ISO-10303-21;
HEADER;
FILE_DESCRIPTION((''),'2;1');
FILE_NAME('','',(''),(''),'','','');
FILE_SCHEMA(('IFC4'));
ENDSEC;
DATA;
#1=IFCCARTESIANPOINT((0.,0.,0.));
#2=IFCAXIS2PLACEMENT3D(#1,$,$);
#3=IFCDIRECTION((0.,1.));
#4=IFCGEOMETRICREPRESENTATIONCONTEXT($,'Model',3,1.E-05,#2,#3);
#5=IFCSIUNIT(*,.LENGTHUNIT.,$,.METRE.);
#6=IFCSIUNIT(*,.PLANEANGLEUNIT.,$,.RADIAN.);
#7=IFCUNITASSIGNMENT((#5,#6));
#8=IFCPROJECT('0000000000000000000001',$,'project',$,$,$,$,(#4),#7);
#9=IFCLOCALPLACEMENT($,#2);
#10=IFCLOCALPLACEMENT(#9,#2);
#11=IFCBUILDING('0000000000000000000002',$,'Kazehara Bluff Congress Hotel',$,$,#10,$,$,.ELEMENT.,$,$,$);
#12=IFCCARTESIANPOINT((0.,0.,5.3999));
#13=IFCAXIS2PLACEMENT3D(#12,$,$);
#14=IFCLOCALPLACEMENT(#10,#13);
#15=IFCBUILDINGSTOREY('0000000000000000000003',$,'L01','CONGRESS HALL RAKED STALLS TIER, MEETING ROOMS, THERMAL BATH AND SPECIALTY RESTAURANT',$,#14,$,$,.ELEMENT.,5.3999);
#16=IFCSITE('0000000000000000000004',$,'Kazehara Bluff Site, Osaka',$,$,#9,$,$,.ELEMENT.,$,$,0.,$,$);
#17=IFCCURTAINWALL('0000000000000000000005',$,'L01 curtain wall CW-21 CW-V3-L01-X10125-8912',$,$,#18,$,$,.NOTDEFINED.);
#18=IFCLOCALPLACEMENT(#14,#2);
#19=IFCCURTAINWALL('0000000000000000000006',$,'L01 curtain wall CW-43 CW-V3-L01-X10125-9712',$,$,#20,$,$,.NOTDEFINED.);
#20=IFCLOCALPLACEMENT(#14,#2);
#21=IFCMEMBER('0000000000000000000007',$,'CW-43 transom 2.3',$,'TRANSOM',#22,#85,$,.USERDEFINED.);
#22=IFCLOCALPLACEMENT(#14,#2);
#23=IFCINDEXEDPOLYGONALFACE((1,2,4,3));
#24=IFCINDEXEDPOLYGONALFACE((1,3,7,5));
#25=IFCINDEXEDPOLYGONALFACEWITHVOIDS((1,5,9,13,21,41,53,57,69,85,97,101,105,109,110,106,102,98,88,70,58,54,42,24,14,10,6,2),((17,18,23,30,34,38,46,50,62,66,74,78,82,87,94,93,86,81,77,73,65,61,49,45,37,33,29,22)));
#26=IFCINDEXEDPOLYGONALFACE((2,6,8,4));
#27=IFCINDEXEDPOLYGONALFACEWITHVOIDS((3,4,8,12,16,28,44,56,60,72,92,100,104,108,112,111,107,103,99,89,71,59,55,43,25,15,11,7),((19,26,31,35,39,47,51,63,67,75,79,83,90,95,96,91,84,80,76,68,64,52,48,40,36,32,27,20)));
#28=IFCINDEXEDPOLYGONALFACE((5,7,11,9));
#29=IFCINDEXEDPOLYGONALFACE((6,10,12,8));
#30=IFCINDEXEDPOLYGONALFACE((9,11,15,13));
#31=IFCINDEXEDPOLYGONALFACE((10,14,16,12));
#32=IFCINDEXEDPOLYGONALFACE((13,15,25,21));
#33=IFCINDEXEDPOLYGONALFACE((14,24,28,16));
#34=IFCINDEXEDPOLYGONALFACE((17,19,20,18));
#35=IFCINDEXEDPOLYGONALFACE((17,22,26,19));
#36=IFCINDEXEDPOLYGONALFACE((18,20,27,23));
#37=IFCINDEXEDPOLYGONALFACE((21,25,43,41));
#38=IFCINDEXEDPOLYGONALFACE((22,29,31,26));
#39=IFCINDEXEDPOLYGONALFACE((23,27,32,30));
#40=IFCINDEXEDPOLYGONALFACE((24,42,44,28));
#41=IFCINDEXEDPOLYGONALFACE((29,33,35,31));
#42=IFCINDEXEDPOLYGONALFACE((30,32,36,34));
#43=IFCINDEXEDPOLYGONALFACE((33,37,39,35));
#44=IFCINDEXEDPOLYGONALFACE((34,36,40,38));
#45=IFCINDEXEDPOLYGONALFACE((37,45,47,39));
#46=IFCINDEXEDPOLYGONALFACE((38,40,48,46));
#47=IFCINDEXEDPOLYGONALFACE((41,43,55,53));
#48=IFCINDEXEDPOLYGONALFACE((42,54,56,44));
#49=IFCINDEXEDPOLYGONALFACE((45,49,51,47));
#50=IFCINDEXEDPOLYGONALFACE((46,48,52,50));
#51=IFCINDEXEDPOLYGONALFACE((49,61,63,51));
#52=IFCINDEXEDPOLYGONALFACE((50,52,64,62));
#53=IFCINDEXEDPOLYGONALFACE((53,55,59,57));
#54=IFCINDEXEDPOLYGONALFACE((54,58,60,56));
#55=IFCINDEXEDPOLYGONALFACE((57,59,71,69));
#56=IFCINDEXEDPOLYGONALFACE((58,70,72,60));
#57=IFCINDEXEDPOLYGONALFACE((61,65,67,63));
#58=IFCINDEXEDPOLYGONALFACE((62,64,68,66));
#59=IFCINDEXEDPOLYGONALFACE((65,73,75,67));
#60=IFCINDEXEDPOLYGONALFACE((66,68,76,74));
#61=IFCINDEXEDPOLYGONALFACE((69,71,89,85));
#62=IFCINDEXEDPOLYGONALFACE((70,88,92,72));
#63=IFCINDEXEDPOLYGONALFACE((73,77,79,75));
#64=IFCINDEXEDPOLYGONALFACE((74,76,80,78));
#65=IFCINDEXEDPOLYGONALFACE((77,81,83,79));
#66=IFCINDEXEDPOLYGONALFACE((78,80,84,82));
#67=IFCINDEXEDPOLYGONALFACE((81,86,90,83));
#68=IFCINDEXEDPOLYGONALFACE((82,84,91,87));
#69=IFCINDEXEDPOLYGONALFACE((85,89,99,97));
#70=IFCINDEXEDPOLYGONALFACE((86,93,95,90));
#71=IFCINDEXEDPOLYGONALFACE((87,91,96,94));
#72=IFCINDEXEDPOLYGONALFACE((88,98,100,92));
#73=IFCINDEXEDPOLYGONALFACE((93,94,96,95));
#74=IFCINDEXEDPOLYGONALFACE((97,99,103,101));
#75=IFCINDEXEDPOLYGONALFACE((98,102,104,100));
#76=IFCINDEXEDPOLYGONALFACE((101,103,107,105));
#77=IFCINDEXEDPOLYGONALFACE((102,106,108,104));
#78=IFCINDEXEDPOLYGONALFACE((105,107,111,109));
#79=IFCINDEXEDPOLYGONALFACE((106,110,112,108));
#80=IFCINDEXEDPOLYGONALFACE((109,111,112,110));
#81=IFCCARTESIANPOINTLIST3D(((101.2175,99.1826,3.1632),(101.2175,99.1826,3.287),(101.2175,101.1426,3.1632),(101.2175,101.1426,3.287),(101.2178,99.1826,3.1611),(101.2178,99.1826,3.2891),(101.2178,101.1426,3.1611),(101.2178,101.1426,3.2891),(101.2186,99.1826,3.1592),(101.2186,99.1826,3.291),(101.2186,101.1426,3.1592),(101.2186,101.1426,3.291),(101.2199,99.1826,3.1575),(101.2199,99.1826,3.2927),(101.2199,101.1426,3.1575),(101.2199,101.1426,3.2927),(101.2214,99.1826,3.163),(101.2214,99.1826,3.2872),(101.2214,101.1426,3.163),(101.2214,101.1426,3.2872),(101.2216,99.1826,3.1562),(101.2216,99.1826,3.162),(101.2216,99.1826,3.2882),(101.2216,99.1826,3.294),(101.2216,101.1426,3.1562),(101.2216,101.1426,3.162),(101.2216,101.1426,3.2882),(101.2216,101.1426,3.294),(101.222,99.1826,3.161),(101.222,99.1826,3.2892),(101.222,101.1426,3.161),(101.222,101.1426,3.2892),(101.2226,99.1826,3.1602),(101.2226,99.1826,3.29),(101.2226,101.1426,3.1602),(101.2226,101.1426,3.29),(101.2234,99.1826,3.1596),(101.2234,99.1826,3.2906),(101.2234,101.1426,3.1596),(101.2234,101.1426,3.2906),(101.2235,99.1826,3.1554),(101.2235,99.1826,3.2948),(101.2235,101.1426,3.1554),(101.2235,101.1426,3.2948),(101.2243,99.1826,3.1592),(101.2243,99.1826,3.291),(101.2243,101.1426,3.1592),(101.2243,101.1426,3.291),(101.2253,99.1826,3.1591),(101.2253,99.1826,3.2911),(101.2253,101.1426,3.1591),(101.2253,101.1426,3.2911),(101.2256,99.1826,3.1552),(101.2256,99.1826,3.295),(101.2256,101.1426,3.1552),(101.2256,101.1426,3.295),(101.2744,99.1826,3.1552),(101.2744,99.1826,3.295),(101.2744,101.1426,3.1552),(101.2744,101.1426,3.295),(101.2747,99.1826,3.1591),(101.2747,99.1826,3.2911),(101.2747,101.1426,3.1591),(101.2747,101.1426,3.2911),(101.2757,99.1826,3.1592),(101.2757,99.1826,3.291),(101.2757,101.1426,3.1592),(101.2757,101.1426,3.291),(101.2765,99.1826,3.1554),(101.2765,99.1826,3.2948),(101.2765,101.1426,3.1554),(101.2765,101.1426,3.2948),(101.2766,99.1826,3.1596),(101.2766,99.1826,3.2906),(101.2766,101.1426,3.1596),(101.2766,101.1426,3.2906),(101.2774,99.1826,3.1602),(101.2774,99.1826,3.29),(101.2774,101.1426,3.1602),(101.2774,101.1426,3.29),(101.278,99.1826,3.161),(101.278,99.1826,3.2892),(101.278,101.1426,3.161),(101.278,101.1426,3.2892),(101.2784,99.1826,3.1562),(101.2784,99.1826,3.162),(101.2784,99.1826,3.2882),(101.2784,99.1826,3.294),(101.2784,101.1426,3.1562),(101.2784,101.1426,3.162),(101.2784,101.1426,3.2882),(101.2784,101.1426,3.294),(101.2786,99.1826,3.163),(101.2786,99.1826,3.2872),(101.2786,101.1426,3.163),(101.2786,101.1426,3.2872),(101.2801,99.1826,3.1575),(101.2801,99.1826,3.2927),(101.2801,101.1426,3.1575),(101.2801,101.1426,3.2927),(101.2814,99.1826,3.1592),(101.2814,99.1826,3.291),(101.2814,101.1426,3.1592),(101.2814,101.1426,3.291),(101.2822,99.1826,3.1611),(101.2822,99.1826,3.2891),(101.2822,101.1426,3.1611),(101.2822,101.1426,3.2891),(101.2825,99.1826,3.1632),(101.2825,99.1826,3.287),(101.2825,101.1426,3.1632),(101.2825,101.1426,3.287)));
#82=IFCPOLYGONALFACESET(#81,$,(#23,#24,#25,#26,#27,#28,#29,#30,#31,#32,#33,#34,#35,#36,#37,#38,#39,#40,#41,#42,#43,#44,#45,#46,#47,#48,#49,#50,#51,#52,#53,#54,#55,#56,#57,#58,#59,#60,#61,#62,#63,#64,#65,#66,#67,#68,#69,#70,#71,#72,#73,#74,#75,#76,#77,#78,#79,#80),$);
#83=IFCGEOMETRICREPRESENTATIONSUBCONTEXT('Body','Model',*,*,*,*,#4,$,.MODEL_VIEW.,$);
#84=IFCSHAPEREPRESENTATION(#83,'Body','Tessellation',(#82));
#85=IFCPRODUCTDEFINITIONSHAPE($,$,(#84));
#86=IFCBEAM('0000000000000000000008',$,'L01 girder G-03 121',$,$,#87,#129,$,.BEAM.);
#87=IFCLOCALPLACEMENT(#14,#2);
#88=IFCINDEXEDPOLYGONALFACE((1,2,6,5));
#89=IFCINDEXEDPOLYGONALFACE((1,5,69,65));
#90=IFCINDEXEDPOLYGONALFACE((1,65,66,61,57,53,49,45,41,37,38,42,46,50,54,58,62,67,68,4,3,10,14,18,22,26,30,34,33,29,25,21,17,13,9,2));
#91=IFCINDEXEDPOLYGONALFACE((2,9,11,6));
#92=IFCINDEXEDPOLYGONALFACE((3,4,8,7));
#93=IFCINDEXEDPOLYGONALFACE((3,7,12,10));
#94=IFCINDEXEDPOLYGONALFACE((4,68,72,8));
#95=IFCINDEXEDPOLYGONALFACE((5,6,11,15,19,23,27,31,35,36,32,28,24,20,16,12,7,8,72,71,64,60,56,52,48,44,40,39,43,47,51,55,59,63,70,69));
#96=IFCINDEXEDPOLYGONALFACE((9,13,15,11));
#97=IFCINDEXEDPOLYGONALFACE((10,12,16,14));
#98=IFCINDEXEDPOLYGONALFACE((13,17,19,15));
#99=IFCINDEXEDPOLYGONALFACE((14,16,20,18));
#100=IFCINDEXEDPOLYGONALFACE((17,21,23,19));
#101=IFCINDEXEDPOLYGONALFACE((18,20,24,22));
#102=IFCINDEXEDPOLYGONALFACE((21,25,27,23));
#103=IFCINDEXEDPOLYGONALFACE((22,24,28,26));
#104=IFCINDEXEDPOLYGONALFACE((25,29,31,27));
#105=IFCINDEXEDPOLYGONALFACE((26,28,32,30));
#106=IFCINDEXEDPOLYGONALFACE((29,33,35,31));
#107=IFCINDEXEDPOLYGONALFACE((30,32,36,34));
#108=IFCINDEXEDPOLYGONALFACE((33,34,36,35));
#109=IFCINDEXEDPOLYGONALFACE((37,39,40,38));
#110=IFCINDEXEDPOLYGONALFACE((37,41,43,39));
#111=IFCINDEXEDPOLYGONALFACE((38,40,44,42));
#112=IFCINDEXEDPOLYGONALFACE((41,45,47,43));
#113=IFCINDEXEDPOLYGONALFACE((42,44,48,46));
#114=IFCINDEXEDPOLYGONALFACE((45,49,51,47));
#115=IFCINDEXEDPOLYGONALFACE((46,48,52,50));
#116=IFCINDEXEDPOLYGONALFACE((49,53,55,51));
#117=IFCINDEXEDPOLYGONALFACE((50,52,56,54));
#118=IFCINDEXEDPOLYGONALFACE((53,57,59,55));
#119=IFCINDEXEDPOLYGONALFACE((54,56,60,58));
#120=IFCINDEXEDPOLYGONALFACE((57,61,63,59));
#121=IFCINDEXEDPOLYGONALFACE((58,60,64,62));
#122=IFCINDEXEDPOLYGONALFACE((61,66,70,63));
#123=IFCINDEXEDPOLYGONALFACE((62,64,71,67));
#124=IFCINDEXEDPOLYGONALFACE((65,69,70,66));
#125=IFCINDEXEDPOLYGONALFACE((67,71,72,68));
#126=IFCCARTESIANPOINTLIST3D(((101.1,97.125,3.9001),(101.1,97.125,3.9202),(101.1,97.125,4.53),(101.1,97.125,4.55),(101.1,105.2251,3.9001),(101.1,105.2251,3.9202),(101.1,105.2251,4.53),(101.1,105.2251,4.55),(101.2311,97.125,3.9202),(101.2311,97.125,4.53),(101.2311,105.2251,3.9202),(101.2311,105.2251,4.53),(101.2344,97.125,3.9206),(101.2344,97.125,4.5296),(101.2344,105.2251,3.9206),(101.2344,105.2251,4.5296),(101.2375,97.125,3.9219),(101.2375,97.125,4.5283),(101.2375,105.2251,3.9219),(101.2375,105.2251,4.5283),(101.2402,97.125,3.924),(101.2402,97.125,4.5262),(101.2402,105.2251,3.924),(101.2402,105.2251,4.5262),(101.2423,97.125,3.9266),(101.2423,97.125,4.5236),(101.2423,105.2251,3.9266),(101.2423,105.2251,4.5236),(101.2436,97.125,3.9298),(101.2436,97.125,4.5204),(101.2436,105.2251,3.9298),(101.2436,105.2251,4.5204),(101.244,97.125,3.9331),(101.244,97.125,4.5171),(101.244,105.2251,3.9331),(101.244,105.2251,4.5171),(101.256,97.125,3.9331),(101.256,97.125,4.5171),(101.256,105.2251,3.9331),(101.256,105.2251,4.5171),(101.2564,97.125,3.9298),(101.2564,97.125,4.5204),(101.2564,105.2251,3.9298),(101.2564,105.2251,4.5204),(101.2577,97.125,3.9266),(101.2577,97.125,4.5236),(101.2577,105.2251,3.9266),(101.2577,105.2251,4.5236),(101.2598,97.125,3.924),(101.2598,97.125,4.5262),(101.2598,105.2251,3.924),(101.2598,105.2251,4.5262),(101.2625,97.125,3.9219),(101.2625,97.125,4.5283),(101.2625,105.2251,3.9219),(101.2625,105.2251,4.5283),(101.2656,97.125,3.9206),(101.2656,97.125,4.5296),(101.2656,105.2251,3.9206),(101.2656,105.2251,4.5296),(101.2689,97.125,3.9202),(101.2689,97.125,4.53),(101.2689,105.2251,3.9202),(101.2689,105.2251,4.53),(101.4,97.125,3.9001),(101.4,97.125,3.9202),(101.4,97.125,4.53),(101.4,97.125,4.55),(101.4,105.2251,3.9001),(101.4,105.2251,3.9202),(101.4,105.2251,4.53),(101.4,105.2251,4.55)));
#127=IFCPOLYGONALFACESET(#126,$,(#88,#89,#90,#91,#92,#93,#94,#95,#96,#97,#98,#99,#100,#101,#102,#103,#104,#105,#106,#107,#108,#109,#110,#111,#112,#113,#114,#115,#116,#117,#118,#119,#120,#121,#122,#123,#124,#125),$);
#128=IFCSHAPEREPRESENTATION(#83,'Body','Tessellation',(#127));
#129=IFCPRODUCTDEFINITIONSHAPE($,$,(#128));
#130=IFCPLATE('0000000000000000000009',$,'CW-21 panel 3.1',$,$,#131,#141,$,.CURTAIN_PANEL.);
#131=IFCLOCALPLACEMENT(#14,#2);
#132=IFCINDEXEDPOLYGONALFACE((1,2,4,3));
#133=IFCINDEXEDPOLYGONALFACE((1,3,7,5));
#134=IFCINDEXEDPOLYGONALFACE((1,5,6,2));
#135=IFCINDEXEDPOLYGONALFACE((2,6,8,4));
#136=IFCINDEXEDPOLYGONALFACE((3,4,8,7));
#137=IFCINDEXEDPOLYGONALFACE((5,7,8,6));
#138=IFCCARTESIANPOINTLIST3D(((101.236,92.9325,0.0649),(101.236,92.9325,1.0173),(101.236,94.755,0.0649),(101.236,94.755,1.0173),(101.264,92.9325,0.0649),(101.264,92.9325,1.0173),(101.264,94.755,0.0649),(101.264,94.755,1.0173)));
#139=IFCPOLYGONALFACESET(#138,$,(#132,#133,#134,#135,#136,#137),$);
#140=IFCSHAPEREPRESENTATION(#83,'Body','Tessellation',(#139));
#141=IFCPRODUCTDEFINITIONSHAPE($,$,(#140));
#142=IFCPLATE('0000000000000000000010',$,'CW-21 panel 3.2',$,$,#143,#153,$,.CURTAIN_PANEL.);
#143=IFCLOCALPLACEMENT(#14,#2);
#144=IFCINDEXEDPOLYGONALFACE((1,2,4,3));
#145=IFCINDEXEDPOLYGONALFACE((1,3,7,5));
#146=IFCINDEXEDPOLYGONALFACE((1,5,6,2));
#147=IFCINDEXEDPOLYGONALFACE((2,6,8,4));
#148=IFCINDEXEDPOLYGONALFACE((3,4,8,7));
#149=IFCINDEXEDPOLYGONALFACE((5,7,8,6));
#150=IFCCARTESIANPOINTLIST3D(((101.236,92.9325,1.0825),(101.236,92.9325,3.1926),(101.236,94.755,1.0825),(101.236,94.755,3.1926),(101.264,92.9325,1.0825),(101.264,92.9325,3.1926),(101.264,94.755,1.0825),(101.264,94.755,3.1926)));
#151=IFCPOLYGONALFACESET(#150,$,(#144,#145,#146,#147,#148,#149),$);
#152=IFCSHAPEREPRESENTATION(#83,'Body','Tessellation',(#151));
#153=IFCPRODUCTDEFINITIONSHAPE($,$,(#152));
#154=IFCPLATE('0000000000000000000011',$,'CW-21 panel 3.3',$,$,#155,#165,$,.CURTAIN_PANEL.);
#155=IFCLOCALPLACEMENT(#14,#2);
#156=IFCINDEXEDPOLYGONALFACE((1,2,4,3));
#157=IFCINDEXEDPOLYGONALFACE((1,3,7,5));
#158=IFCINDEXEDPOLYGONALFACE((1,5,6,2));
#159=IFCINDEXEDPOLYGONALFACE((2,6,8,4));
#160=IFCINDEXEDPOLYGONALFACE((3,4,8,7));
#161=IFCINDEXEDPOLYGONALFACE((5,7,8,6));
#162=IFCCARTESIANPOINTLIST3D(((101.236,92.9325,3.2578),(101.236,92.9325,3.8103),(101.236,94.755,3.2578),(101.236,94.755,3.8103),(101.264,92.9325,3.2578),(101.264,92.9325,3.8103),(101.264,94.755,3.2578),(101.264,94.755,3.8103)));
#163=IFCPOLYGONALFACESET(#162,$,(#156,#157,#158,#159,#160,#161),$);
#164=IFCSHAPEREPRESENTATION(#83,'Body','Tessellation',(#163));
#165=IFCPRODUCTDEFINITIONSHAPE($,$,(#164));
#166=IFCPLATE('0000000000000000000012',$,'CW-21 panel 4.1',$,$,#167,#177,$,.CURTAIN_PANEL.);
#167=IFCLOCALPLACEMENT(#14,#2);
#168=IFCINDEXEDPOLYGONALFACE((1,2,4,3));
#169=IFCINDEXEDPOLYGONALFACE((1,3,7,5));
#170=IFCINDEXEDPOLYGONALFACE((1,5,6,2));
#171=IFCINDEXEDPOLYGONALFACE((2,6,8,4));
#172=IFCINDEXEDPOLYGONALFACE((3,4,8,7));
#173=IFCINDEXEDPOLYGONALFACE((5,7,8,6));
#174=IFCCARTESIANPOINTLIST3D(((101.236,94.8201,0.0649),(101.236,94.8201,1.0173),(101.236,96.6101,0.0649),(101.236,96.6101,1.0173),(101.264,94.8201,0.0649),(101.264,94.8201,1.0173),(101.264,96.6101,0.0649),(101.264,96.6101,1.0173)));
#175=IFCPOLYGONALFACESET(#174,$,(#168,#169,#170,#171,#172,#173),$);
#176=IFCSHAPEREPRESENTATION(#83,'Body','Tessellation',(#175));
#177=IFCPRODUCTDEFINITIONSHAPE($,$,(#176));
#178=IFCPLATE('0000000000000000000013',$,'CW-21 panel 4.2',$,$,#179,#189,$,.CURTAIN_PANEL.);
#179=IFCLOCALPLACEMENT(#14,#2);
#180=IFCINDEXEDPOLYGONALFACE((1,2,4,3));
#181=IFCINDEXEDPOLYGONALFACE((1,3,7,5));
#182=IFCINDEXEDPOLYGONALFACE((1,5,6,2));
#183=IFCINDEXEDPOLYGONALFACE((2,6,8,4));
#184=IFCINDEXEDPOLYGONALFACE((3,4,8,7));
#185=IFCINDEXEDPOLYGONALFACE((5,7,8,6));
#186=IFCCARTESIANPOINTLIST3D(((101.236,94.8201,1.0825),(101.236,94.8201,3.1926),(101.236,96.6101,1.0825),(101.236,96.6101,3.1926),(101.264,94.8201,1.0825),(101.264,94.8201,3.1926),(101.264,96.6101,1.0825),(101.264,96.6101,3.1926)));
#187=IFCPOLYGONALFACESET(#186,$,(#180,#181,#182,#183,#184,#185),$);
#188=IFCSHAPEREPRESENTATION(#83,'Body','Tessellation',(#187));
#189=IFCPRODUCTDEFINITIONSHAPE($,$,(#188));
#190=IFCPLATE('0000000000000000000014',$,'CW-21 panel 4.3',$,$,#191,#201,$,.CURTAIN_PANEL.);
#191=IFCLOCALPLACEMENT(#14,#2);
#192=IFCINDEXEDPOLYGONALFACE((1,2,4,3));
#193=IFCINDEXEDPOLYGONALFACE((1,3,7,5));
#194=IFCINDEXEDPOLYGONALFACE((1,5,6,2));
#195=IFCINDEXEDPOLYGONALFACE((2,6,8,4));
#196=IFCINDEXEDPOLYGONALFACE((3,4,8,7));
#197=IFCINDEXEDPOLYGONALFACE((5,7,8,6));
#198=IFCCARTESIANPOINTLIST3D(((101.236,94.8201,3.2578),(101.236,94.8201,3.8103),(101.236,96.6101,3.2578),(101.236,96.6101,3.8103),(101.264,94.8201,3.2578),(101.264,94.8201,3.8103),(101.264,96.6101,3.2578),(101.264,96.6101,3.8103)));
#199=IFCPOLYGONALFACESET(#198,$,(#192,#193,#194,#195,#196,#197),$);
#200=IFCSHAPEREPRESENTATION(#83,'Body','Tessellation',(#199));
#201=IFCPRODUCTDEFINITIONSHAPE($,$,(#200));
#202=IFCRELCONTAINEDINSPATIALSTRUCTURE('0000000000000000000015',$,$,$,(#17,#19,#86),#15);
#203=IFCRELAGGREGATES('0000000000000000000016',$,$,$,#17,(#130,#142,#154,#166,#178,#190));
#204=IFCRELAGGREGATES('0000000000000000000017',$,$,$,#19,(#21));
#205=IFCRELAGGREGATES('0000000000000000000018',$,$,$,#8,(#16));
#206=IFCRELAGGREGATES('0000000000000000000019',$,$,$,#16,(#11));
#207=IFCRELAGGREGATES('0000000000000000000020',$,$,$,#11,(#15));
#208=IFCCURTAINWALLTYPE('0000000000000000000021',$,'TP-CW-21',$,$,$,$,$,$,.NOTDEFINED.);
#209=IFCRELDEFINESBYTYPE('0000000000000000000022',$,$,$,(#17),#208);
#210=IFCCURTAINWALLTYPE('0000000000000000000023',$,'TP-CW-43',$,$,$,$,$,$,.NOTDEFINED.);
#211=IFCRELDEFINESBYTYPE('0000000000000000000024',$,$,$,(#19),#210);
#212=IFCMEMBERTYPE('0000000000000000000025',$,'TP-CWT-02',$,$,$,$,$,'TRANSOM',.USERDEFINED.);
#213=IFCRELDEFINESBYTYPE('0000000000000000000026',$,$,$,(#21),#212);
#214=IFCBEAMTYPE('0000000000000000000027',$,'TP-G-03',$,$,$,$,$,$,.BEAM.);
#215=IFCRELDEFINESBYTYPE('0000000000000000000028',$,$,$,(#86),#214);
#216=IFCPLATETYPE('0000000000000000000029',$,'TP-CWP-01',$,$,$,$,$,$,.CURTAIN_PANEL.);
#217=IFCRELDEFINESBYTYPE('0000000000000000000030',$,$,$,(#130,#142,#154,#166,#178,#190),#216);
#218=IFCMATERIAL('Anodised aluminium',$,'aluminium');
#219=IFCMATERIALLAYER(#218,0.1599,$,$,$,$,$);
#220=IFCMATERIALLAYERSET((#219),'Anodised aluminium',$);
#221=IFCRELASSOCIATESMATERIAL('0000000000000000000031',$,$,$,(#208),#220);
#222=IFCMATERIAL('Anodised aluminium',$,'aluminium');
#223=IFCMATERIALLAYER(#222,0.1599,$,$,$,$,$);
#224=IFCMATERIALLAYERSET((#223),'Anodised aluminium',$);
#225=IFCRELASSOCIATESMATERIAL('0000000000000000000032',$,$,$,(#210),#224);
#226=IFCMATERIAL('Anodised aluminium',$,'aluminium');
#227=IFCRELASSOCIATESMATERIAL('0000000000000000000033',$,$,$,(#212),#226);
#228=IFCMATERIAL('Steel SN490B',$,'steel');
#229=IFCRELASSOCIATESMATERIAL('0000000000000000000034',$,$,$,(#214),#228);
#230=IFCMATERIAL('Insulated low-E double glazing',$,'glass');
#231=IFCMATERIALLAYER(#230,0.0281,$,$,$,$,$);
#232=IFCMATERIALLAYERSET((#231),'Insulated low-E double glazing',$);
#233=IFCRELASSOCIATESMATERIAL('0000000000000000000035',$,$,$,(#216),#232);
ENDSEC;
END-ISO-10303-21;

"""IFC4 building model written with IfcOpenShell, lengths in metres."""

from ifc_helpers import new_model, si_unit, direction, frame, origin, origin_2d, place, context, subcontext, project, spatial, rectangle, hollow_rectangle, i_section, extrude, material, layer, layer_set, material_profile, profile_set, type_object, element, aggregate, save


model = new_model("IFC4")

# Units and contexts
model_context = context("Model", 3, precision=1e-05, world=origin(), true_north=direction((0.0, 1.0)))
body_context = subcontext(model_context, "Body", "Model", "MODEL_VIEW")
ifc_project = project(units=[si_unit("LENGTHUNIT", "METRE"), si_unit("PLANEANGLEUNIT", "RADIAN")], contexts=[model_context])

# Site, building, storey
site_placement = place(None, origin())
site = spatial("IfcSite", under=ifc_project, at=site_placement, Name="Kazehara Bluff Site, Osaka", CompositionType="ELEMENT", RefElevation=0.0)
building_placement = place(site_placement, origin())
building = spatial("IfcBuilding", under=site, at=building_placement, Name="Kazehara Bluff Congress Hotel", CompositionType="ELEMENT")
storey_placement = place(building_placement, frame((0.0, 0.0, 5.3999)))
storey = spatial("IfcBuildingStorey", under=building, at=storey_placement, Name="L01", Description="CONGRESS HALL RAKED STALLS TIER, MEETING ROOMS, THERMAL BATH AND SPECIALTY RESTAURANT", CompositionType="ELEMENT", Elevation=5.3999)

# Curtain walls
ifc_material_1 = material(Name="Anodised aluminium", Category="aluminium")
ifc_layer_1 = layer(ifc_material_1, 0.1599)
ifc_layer_set_1 = layer_set([ifc_layer_1], Name="Anodised aluminium")
curtain_wall_type_1 = type_object("IfcCurtainWallType", Name="TP-CW-21", PredefinedType="NOTDEFINED", material=ifc_layer_set_1)
curtain_wall_1_placement = place(storey_placement, origin())
curtain_wall_1 = element("IfcCurtainWall", 1, at=curtain_wall_1_placement, inside=storey, type_object=curtain_wall_type_1, Name="L01 curtain wall CW-21 CW-V3-L01-X10125-8912", PredefinedType="NOTDEFINED")
ifc_material_2 = material(Name="Anodised aluminium", Category="aluminium")
ifc_layer_2 = layer(ifc_material_2, 0.1599)
ifc_layer_set_2 = layer_set([ifc_layer_2], Name="Anodised aluminium")
curtain_wall_type_2 = type_object("IfcCurtainWallType", Name="TP-CW-43", PredefinedType="NOTDEFINED", material=ifc_layer_set_2)
curtain_wall_2_placement = place(storey_placement, origin())
curtain_wall_2 = element("IfcCurtainWall", 2, at=curtain_wall_2_placement, inside=storey, type_object=curtain_wall_type_2, Name="L01 curtain wall CW-43 CW-V3-L01-X10125-9712", PredefinedType="NOTDEFINED")

# Member
ifc_material_3 = material(Name="Anodised aluminium", Category="aluminium")
ifc_material_profile_1 = material_profile(ifc_material_3, hollow_rectangle(XDim=0.0649, YDim=0.1399, WallThickness=0.0039, InnerFilletRadius=0.0039, OuterFilletRadius=0.0081, at=origin_2d()))
ifc_profile_set_1 = profile_set([ifc_material_profile_1], Name="Anodised aluminium")
member_type_1 = type_object("IfcMemberType", Name="TP-CWT-02", ElementType="TRANSOM", PredefinedType="USERDEFINED", material=ifc_profile_set_1)
member_1_placement = place(storey_placement, frame((101.25, 99.1826, 3.2251), z_axis=(0.0, 1.0, 0.0), x_axis=(-1.0, 0.0, 0.0)))
member_1 = element("IfcMember", 3, at=member_1_placement, type_object=member_type_1, Name="CW-43 transom 2.3", ObjectType="TRANSOM", PredefinedType="USERDEFINED", context=body_context, shape_type="SweptSolid", body=[
    extrude(hollow_rectangle(XDim=0.0649, YDim=0.1399, WallThickness=0.0039, InnerFilletRadius=0.0039, OuterFilletRadius=0.0081, at=origin_2d()), origin(), (0.0, 0.0, 1.0), 1.96),
])

# Beam
ifc_material_4 = material(Name="Steel SN490B", Category="steel")
ifc_material_profile_2 = material_profile(ifc_material_4, i_section(OverallWidth=0.3, OverallDepth=0.6499, WebThickness=0.012, FlangeThickness=0.02, FilletRadius=0.0129, at=origin_2d()))
ifc_profile_set_2 = profile_set([ifc_material_profile_2], Name="Steel SN490B")
beam_type = type_object("IfcBeamType", Name="TP-G-03", PredefinedType="BEAM", material=ifc_profile_set_2)
beam_placement = place(storey_placement, frame((101.25, 97.125, 4.2251), z_axis=(0.0, 1.0, 0.0), x_axis=(-1.0, 0.0, 0.0)))
element("IfcBeam", 4, at=beam_placement, inside=storey, type_object=beam_type, Name="L01 girder G-03 121", PredefinedType="BEAM", context=body_context, shape_type="SweptSolid", body=[
    extrude(i_section(OverallWidth=0.3, OverallDepth=0.6499, WebThickness=0.012, FlangeThickness=0.02, FilletRadius=0.0129, at=origin_2d()), origin(), (0.0, 0.0, 1.0), 8.1001),
])

# Plates
ifc_material_5 = material(Name="Insulated low-E double glazing", Category="glass")
ifc_layer_3 = layer(ifc_material_5, 0.0281)
ifc_layer_set_3 = layer_set([ifc_layer_3], Name="Insulated low-E double glazing")
plate_type = type_object("IfcPlateType", Name="TP-CWP-01", PredefinedType="CURTAIN_PANEL", material=ifc_layer_set_3)
plate_1_placement = place(storey_placement, frame((101.25, 93.8438, 0.0649), z_axis=(0.0, 0.0, 1.0), x_axis=(0.0, 1.0, 0.0)))
plate_1 = element("IfcPlate", 5, at=plate_1_placement, type_object=plate_type, Name="CW-21 panel 3.1", PredefinedType="CURTAIN_PANEL", context=body_context, shape_type="SweptSolid", body=[
    extrude(rectangle(XDim=1.8225, YDim=0.0281, at=origin_2d()), origin(), (0.0, 0.0, 1.0), 0.9524),
])
plate_2_placement = place(storey_placement, frame((101.25, 93.8438, 1.0825), z_axis=(0.0, 0.0, 1.0), x_axis=(0.0, 1.0, 0.0)))
plate_2 = element("IfcPlate", 6, at=plate_2_placement, type_object=plate_type, Name="CW-21 panel 3.2", PredefinedType="CURTAIN_PANEL", context=body_context, shape_type="SweptSolid", body=[
    extrude(rectangle(XDim=1.8225, YDim=0.0281, at=origin_2d()), origin(), (0.0, 0.0, 1.0), 2.1101),
])
plate_3_placement = place(storey_placement, frame((101.25, 93.8438, 3.2578), z_axis=(0.0, 0.0, 1.0), x_axis=(0.0, 1.0, 0.0)))
plate_3 = element("IfcPlate", 7, at=plate_3_placement, type_object=plate_type, Name="CW-21 panel 3.3", PredefinedType="CURTAIN_PANEL", context=body_context, shape_type="SweptSolid", body=[
    extrude(rectangle(XDim=1.8225, YDim=0.0281, at=origin_2d()), origin(), (0.0, 0.0, 1.0), 0.5525),
])
plate_4_placement = place(storey_placement, frame((101.25, 95.7151, 0.0649), z_axis=(0.0, 0.0, 1.0), x_axis=(0.0, 1.0, 0.0)))
plate_4 = element("IfcPlate", 8, at=plate_4_placement, type_object=plate_type, Name="CW-21 panel 4.1", PredefinedType="CURTAIN_PANEL", context=body_context, shape_type="SweptSolid", body=[
    extrude(rectangle(XDim=1.79, YDim=0.0281, at=origin_2d()), origin(), (0.0, 0.0, 1.0), 0.9524),
])
plate_5_placement = place(storey_placement, frame((101.25, 95.7151, 1.0825), z_axis=(0.0, 0.0, 1.0), x_axis=(0.0, 1.0, 0.0)))
plate_5 = element("IfcPlate", 9, at=plate_5_placement, type_object=plate_type, Name="CW-21 panel 4.2", PredefinedType="CURTAIN_PANEL", context=body_context, shape_type="SweptSolid", body=[
    extrude(rectangle(XDim=1.79, YDim=0.0281, at=origin_2d()), origin(), (0.0, 0.0, 1.0), 2.1101),
])
plate_6_placement = place(storey_placement, frame((101.25, 95.7151, 3.2578), z_axis=(0.0, 0.0, 1.0), x_axis=(0.0, 1.0, 0.0)))
plate_6 = element("IfcPlate", 10, at=plate_6_placement, type_object=plate_type, Name="CW-21 panel 4.3", PredefinedType="CURTAIN_PANEL", context=body_context, shape_type="SweptSolid", body=[
    extrude(rectangle(XDim=1.79, YDim=0.0281, at=origin_2d()), origin(), (0.0, 0.0, 1.0), 0.5525),
])
aggregate(curtain_wall_1, [plate_1, plate_2, plate_3, plate_4, plate_5, plate_6])
aggregate(curtain_wall_2, [member_1])

save(model, "model.ifc")
